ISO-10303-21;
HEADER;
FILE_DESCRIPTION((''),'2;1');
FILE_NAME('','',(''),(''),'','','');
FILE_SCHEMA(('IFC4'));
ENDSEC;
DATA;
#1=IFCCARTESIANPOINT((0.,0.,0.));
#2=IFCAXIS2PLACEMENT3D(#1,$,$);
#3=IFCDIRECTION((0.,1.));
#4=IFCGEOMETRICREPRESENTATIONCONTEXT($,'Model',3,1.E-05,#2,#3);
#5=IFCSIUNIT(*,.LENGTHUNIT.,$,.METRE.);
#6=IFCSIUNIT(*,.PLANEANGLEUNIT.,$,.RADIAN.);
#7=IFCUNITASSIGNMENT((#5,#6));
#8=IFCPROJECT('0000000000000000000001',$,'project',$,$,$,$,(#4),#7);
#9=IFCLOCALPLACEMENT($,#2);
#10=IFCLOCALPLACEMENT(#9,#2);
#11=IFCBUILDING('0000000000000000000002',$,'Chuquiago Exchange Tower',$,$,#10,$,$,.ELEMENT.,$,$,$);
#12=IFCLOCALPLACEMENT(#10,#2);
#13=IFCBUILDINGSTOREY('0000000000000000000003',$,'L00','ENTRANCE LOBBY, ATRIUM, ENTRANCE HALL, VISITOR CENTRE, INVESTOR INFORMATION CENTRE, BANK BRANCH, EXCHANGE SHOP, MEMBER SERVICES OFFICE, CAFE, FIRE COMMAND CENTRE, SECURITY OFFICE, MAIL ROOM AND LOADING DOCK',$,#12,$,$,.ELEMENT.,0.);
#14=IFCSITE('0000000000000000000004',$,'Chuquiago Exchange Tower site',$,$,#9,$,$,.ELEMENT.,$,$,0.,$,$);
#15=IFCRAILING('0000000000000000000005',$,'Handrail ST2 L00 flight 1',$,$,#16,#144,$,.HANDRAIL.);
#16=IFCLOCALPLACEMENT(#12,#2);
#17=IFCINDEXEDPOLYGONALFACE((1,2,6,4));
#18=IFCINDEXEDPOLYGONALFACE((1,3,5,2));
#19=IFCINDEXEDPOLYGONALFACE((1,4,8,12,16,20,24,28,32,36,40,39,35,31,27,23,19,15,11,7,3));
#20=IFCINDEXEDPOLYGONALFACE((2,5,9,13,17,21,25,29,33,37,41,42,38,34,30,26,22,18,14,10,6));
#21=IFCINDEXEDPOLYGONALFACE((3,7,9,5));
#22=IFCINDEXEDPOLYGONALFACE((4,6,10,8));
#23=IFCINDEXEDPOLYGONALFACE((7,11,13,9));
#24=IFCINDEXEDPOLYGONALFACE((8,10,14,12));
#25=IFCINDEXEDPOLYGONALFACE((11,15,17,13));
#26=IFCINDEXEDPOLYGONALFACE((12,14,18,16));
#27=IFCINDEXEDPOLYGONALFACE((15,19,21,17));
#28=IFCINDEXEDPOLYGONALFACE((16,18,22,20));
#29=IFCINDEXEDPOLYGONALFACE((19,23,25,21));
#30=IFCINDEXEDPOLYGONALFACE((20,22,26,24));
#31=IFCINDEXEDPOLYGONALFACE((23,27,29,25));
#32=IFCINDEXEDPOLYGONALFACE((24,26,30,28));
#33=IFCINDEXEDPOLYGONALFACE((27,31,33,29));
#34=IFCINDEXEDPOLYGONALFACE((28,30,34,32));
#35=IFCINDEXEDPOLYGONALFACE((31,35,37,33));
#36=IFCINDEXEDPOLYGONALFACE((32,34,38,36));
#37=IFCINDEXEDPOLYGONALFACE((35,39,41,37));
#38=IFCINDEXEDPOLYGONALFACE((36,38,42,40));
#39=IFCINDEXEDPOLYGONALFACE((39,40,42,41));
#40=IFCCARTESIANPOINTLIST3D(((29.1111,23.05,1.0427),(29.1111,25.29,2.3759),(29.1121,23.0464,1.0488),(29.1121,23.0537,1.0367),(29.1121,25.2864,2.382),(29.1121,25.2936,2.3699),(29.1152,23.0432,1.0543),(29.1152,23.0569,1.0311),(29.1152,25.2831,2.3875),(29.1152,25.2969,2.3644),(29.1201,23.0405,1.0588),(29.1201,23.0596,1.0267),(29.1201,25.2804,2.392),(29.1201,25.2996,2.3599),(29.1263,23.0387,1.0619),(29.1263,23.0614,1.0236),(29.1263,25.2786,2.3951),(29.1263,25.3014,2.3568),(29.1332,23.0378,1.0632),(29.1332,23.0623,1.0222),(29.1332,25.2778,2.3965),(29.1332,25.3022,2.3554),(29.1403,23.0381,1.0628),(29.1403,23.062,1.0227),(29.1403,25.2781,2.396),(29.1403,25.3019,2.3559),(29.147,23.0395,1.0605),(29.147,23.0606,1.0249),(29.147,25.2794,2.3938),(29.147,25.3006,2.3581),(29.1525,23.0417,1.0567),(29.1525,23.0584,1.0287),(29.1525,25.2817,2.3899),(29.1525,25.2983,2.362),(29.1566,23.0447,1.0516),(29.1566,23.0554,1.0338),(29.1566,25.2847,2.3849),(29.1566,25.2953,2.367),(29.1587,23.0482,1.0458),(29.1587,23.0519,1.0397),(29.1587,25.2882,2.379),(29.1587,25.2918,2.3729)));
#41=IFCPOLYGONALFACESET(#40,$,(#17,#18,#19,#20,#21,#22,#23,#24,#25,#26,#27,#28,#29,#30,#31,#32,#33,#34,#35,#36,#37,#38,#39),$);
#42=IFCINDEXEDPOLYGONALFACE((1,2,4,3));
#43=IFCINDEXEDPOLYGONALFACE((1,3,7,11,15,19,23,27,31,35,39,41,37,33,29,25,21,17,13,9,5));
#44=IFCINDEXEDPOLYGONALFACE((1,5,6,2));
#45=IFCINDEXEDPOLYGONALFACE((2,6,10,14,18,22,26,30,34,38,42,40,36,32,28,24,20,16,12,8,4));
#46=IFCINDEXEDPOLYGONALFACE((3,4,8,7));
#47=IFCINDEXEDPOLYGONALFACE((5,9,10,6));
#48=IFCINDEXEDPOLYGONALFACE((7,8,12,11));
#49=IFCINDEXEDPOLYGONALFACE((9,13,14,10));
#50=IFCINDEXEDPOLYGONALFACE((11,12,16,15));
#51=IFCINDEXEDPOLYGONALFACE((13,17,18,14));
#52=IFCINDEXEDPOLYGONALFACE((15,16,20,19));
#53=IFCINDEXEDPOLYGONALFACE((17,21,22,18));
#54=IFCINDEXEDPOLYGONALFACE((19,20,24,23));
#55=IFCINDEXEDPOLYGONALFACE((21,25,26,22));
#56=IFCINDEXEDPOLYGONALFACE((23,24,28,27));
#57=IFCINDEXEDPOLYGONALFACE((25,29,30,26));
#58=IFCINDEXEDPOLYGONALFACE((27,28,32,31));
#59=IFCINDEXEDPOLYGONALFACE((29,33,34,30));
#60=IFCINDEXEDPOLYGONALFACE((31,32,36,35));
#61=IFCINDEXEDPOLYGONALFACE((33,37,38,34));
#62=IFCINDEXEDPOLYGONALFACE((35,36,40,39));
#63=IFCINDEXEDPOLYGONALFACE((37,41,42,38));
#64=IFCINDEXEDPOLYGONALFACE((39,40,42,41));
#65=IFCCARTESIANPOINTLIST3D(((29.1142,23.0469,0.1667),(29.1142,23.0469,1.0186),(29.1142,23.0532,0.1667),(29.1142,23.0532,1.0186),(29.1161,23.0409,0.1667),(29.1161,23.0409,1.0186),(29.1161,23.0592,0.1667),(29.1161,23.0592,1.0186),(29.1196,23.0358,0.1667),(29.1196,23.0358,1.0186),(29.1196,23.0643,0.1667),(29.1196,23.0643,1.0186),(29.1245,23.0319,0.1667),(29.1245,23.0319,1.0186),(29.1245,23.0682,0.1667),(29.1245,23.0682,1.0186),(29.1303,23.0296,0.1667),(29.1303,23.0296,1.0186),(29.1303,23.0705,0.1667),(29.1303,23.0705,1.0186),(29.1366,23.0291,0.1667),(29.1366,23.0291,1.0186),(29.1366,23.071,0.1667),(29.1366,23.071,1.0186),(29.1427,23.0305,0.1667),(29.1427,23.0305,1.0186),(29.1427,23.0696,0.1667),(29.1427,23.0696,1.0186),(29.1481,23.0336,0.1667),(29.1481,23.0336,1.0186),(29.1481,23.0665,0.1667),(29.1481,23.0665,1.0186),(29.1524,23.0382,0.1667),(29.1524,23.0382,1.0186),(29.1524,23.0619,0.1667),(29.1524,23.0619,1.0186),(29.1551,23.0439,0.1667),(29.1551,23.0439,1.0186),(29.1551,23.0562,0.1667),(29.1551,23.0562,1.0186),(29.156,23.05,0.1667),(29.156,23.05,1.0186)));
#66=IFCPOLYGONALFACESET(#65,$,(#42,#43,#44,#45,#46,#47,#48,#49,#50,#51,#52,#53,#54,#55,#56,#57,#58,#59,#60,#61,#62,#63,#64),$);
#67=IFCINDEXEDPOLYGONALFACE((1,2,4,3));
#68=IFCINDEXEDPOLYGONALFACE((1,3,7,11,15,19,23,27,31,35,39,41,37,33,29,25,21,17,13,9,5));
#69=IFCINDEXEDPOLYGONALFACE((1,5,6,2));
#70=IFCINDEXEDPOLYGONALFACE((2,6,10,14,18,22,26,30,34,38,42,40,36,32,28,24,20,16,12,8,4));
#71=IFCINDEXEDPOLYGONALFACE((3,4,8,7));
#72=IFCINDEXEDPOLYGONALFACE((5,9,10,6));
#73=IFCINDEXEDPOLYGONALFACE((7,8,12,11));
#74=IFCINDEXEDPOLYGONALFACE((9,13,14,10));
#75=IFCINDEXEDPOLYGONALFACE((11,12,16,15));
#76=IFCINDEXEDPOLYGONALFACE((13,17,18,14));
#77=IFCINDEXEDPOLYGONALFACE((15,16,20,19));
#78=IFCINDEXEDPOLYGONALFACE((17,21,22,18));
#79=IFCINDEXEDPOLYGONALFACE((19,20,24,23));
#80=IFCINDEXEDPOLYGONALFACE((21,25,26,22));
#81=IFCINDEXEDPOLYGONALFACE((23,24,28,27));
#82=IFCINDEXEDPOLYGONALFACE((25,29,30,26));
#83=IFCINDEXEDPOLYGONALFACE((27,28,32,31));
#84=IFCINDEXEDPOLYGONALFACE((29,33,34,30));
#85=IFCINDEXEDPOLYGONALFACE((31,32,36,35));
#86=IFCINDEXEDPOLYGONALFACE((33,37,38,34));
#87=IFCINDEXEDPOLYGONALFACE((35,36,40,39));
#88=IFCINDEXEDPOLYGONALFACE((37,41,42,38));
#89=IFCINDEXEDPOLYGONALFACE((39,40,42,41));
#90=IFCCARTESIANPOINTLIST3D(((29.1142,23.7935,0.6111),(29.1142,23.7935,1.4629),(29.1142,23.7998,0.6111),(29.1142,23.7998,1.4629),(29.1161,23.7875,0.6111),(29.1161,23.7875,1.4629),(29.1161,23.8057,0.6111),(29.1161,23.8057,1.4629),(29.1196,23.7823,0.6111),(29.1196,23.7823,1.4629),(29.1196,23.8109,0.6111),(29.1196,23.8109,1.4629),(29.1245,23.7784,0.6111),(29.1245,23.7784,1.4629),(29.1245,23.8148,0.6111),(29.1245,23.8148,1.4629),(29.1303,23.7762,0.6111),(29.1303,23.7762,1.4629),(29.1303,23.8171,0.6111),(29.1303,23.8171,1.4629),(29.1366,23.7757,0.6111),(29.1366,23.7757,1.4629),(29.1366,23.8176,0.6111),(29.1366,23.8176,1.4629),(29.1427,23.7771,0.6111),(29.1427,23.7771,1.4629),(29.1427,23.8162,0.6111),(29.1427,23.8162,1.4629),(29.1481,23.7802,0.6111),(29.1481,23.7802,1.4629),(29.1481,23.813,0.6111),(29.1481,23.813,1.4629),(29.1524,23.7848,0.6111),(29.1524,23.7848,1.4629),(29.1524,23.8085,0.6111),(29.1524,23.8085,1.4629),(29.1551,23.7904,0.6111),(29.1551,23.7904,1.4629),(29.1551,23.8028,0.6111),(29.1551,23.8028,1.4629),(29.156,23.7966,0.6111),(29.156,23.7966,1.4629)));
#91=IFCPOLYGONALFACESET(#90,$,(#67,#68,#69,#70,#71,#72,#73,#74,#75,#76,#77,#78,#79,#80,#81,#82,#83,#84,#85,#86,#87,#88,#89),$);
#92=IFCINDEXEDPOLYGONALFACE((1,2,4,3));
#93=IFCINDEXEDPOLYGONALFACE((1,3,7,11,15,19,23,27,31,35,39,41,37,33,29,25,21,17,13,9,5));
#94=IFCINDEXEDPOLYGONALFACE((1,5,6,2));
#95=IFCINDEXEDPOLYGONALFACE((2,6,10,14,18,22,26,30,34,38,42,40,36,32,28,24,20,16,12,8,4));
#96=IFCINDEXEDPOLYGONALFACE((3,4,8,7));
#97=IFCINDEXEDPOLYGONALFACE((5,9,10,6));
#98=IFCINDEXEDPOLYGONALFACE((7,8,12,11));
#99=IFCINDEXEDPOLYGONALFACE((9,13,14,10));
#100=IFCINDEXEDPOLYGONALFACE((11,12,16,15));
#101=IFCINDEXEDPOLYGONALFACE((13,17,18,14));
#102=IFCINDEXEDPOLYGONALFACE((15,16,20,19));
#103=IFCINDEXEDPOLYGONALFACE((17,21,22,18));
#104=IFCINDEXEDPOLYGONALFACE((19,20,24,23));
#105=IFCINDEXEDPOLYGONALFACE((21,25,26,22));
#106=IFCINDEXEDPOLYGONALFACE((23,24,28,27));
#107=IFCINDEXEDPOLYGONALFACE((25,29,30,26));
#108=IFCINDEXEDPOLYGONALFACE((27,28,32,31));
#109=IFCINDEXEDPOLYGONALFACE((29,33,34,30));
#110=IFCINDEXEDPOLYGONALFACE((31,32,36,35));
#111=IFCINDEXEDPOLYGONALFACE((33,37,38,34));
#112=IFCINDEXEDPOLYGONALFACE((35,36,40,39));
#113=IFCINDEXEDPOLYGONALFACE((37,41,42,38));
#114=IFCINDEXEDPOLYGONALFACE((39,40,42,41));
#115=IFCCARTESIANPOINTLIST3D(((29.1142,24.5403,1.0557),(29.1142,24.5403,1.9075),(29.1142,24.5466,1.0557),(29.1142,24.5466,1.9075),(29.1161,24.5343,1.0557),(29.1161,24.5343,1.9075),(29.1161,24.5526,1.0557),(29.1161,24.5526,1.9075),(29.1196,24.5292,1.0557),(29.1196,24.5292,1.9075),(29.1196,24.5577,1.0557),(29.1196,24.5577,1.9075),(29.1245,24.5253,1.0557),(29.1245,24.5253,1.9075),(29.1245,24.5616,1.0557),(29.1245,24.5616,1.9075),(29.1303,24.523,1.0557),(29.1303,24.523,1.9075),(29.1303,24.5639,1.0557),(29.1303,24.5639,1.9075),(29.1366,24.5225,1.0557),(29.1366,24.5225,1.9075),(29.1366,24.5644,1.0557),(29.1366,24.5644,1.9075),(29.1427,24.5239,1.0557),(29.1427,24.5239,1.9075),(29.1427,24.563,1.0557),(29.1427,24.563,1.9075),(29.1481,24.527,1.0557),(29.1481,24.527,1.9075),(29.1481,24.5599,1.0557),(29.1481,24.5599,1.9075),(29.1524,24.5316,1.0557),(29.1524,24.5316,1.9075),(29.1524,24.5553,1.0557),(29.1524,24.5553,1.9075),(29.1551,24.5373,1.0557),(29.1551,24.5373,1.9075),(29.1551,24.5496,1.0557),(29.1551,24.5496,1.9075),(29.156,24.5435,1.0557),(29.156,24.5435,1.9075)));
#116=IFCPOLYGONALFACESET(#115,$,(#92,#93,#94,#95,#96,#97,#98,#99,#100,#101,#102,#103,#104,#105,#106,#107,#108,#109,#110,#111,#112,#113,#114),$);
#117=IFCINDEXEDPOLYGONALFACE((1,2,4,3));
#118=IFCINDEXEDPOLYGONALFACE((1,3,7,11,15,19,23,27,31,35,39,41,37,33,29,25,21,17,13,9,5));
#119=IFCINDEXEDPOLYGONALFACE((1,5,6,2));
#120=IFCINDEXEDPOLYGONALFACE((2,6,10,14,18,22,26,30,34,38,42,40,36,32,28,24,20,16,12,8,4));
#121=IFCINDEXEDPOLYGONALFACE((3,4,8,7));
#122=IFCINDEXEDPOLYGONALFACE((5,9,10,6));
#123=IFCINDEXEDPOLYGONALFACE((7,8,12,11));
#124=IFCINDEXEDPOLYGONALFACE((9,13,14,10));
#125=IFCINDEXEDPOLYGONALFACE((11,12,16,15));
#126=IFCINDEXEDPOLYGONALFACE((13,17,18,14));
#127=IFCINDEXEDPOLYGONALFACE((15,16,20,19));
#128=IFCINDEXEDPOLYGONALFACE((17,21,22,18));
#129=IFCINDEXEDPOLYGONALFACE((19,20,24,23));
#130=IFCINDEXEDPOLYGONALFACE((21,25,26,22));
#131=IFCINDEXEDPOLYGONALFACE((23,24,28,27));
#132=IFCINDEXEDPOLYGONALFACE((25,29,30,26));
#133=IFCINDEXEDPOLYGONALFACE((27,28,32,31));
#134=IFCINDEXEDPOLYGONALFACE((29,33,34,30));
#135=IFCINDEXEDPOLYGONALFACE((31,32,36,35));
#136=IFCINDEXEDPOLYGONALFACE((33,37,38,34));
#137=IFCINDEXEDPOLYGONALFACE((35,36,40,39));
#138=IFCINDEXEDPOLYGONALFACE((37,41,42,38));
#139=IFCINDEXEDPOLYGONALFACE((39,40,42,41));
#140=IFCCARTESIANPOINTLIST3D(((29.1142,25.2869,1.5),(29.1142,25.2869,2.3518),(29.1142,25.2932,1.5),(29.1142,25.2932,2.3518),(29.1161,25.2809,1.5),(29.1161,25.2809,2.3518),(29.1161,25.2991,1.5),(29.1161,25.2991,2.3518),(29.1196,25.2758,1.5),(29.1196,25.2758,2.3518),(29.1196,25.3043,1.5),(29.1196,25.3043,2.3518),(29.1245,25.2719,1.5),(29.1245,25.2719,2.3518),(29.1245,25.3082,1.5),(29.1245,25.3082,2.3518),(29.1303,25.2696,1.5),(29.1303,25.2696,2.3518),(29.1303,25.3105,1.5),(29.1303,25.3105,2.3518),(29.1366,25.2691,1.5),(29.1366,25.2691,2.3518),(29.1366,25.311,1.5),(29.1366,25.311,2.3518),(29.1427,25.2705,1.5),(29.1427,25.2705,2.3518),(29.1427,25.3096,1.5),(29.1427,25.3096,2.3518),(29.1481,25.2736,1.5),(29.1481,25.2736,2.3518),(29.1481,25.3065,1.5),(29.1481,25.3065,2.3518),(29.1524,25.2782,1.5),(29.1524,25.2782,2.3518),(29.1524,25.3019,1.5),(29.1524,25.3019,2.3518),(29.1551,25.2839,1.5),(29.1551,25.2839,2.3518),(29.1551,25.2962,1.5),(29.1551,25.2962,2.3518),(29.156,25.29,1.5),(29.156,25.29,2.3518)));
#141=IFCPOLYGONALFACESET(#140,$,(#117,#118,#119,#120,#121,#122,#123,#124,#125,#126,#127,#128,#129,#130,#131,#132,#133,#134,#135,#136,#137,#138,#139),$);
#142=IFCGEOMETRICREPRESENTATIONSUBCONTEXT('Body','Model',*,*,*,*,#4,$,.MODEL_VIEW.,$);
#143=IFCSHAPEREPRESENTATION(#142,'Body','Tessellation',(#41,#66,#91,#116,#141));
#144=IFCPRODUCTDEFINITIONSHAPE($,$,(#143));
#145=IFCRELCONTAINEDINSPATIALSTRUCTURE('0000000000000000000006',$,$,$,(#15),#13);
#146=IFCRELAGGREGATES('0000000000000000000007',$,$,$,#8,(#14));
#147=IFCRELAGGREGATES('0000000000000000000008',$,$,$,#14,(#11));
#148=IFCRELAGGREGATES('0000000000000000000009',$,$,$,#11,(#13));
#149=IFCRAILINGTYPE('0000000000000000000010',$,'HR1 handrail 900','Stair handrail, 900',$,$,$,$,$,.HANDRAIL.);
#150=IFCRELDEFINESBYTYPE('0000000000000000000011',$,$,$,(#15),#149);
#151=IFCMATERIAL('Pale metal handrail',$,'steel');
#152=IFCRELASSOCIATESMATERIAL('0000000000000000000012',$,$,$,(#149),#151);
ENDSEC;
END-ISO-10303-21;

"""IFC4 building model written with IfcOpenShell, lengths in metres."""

from ifc_helpers import new_model, si_unit, direction, frame, origin, origin_2d, place, context, subcontext, project, spatial, circle, extrude, material, type_object, element, save


model = new_model("IFC4")

# Units and contexts
model_context = context("Model", 3, precision=1e-05, world=origin(), true_north=direction((0.0, 1.0)))
body_context = subcontext(model_context, "Body", "Model", "MODEL_VIEW")
ifc_project = project(units=[si_unit("LENGTHUNIT", "METRE"), si_unit("PLANEANGLEUNIT", "RADIAN")], contexts=[model_context])

# Site, building, storey
site_placement = place(None, origin())
site = spatial("IfcSite", under=ifc_project, at=site_placement, Name="Chuquiago Exchange Tower site", CompositionType="ELEMENT", RefElevation=0.0)
building_placement = place(site_placement, origin())
building = spatial("IfcBuilding", under=site, at=building_placement, Name="Chuquiago Exchange Tower", CompositionType="ELEMENT")
storey_placement = place(building_placement, origin())
storey = spatial("IfcBuildingStorey", under=building, at=storey_placement, Name="L00", Description="ENTRANCE LOBBY, ATRIUM, ENTRANCE HALL, VISITOR CENTRE, INVESTOR INFORMATION CENTRE, BANK BRANCH, EXCHANGE SHOP, MEMBER SERVICES OFFICE, CAFE, FIRE COMMAND CENTRE, SECURITY OFFICE, MAIL ROOM AND LOADING DOCK", CompositionType="ELEMENT", Elevation=0.0)

# Railing
ifc_material_1 = material(Name="Pale metal handrail", Category="steel")
railing_type = type_object("IfcRailingType", Name="HR1 handrail 900", Description="Stair handrail, 900", PredefinedType="HANDRAIL", material=ifc_material_1)
for number, where, name in (
    (1, (29.135, 23.05, 0.1667), "Handrail ST2 L00 flight 1"),
):
    element("IfcRailing", number, at=place(storey_placement, frame(where)), inside=storey, type_object=railing_type, Name=name, PredefinedType="HANDRAIL", context=body_context, shape_type="SweptSolid", body=[
        extrude(circle(Radius=0.0239, at=origin_2d()), frame((0.0, 0.0, 0.876), z_axis=(0.0, 0.859306, 0.511462), x_axis=(-1.0, 0.0, 0.0)), (0.0, 0.0, 1.0), 2.6067),
        extrude(circle(Radius=0.021, at=origin_2d()), origin(), (0.0, 0.0, 1.0), 0.8518),
        extrude(circle(Radius=0.021, at=origin_2d()), frame((0.0, 0.7466, 0.4443)), (0.0, 0.0, 1.0), 0.8518),
        extrude(circle(Radius=0.021, at=origin_2d()), frame((0.0, 1.4934, 0.8889)), (0.0, 0.0, 1.0), 0.8518),
        extrude(circle(Radius=0.021, at=origin_2d()), frame((0.0, 2.24, 1.3333)), (0.0, 0.0, 1.0), 0.8518),
    ])

save(model, "model.ifc")
